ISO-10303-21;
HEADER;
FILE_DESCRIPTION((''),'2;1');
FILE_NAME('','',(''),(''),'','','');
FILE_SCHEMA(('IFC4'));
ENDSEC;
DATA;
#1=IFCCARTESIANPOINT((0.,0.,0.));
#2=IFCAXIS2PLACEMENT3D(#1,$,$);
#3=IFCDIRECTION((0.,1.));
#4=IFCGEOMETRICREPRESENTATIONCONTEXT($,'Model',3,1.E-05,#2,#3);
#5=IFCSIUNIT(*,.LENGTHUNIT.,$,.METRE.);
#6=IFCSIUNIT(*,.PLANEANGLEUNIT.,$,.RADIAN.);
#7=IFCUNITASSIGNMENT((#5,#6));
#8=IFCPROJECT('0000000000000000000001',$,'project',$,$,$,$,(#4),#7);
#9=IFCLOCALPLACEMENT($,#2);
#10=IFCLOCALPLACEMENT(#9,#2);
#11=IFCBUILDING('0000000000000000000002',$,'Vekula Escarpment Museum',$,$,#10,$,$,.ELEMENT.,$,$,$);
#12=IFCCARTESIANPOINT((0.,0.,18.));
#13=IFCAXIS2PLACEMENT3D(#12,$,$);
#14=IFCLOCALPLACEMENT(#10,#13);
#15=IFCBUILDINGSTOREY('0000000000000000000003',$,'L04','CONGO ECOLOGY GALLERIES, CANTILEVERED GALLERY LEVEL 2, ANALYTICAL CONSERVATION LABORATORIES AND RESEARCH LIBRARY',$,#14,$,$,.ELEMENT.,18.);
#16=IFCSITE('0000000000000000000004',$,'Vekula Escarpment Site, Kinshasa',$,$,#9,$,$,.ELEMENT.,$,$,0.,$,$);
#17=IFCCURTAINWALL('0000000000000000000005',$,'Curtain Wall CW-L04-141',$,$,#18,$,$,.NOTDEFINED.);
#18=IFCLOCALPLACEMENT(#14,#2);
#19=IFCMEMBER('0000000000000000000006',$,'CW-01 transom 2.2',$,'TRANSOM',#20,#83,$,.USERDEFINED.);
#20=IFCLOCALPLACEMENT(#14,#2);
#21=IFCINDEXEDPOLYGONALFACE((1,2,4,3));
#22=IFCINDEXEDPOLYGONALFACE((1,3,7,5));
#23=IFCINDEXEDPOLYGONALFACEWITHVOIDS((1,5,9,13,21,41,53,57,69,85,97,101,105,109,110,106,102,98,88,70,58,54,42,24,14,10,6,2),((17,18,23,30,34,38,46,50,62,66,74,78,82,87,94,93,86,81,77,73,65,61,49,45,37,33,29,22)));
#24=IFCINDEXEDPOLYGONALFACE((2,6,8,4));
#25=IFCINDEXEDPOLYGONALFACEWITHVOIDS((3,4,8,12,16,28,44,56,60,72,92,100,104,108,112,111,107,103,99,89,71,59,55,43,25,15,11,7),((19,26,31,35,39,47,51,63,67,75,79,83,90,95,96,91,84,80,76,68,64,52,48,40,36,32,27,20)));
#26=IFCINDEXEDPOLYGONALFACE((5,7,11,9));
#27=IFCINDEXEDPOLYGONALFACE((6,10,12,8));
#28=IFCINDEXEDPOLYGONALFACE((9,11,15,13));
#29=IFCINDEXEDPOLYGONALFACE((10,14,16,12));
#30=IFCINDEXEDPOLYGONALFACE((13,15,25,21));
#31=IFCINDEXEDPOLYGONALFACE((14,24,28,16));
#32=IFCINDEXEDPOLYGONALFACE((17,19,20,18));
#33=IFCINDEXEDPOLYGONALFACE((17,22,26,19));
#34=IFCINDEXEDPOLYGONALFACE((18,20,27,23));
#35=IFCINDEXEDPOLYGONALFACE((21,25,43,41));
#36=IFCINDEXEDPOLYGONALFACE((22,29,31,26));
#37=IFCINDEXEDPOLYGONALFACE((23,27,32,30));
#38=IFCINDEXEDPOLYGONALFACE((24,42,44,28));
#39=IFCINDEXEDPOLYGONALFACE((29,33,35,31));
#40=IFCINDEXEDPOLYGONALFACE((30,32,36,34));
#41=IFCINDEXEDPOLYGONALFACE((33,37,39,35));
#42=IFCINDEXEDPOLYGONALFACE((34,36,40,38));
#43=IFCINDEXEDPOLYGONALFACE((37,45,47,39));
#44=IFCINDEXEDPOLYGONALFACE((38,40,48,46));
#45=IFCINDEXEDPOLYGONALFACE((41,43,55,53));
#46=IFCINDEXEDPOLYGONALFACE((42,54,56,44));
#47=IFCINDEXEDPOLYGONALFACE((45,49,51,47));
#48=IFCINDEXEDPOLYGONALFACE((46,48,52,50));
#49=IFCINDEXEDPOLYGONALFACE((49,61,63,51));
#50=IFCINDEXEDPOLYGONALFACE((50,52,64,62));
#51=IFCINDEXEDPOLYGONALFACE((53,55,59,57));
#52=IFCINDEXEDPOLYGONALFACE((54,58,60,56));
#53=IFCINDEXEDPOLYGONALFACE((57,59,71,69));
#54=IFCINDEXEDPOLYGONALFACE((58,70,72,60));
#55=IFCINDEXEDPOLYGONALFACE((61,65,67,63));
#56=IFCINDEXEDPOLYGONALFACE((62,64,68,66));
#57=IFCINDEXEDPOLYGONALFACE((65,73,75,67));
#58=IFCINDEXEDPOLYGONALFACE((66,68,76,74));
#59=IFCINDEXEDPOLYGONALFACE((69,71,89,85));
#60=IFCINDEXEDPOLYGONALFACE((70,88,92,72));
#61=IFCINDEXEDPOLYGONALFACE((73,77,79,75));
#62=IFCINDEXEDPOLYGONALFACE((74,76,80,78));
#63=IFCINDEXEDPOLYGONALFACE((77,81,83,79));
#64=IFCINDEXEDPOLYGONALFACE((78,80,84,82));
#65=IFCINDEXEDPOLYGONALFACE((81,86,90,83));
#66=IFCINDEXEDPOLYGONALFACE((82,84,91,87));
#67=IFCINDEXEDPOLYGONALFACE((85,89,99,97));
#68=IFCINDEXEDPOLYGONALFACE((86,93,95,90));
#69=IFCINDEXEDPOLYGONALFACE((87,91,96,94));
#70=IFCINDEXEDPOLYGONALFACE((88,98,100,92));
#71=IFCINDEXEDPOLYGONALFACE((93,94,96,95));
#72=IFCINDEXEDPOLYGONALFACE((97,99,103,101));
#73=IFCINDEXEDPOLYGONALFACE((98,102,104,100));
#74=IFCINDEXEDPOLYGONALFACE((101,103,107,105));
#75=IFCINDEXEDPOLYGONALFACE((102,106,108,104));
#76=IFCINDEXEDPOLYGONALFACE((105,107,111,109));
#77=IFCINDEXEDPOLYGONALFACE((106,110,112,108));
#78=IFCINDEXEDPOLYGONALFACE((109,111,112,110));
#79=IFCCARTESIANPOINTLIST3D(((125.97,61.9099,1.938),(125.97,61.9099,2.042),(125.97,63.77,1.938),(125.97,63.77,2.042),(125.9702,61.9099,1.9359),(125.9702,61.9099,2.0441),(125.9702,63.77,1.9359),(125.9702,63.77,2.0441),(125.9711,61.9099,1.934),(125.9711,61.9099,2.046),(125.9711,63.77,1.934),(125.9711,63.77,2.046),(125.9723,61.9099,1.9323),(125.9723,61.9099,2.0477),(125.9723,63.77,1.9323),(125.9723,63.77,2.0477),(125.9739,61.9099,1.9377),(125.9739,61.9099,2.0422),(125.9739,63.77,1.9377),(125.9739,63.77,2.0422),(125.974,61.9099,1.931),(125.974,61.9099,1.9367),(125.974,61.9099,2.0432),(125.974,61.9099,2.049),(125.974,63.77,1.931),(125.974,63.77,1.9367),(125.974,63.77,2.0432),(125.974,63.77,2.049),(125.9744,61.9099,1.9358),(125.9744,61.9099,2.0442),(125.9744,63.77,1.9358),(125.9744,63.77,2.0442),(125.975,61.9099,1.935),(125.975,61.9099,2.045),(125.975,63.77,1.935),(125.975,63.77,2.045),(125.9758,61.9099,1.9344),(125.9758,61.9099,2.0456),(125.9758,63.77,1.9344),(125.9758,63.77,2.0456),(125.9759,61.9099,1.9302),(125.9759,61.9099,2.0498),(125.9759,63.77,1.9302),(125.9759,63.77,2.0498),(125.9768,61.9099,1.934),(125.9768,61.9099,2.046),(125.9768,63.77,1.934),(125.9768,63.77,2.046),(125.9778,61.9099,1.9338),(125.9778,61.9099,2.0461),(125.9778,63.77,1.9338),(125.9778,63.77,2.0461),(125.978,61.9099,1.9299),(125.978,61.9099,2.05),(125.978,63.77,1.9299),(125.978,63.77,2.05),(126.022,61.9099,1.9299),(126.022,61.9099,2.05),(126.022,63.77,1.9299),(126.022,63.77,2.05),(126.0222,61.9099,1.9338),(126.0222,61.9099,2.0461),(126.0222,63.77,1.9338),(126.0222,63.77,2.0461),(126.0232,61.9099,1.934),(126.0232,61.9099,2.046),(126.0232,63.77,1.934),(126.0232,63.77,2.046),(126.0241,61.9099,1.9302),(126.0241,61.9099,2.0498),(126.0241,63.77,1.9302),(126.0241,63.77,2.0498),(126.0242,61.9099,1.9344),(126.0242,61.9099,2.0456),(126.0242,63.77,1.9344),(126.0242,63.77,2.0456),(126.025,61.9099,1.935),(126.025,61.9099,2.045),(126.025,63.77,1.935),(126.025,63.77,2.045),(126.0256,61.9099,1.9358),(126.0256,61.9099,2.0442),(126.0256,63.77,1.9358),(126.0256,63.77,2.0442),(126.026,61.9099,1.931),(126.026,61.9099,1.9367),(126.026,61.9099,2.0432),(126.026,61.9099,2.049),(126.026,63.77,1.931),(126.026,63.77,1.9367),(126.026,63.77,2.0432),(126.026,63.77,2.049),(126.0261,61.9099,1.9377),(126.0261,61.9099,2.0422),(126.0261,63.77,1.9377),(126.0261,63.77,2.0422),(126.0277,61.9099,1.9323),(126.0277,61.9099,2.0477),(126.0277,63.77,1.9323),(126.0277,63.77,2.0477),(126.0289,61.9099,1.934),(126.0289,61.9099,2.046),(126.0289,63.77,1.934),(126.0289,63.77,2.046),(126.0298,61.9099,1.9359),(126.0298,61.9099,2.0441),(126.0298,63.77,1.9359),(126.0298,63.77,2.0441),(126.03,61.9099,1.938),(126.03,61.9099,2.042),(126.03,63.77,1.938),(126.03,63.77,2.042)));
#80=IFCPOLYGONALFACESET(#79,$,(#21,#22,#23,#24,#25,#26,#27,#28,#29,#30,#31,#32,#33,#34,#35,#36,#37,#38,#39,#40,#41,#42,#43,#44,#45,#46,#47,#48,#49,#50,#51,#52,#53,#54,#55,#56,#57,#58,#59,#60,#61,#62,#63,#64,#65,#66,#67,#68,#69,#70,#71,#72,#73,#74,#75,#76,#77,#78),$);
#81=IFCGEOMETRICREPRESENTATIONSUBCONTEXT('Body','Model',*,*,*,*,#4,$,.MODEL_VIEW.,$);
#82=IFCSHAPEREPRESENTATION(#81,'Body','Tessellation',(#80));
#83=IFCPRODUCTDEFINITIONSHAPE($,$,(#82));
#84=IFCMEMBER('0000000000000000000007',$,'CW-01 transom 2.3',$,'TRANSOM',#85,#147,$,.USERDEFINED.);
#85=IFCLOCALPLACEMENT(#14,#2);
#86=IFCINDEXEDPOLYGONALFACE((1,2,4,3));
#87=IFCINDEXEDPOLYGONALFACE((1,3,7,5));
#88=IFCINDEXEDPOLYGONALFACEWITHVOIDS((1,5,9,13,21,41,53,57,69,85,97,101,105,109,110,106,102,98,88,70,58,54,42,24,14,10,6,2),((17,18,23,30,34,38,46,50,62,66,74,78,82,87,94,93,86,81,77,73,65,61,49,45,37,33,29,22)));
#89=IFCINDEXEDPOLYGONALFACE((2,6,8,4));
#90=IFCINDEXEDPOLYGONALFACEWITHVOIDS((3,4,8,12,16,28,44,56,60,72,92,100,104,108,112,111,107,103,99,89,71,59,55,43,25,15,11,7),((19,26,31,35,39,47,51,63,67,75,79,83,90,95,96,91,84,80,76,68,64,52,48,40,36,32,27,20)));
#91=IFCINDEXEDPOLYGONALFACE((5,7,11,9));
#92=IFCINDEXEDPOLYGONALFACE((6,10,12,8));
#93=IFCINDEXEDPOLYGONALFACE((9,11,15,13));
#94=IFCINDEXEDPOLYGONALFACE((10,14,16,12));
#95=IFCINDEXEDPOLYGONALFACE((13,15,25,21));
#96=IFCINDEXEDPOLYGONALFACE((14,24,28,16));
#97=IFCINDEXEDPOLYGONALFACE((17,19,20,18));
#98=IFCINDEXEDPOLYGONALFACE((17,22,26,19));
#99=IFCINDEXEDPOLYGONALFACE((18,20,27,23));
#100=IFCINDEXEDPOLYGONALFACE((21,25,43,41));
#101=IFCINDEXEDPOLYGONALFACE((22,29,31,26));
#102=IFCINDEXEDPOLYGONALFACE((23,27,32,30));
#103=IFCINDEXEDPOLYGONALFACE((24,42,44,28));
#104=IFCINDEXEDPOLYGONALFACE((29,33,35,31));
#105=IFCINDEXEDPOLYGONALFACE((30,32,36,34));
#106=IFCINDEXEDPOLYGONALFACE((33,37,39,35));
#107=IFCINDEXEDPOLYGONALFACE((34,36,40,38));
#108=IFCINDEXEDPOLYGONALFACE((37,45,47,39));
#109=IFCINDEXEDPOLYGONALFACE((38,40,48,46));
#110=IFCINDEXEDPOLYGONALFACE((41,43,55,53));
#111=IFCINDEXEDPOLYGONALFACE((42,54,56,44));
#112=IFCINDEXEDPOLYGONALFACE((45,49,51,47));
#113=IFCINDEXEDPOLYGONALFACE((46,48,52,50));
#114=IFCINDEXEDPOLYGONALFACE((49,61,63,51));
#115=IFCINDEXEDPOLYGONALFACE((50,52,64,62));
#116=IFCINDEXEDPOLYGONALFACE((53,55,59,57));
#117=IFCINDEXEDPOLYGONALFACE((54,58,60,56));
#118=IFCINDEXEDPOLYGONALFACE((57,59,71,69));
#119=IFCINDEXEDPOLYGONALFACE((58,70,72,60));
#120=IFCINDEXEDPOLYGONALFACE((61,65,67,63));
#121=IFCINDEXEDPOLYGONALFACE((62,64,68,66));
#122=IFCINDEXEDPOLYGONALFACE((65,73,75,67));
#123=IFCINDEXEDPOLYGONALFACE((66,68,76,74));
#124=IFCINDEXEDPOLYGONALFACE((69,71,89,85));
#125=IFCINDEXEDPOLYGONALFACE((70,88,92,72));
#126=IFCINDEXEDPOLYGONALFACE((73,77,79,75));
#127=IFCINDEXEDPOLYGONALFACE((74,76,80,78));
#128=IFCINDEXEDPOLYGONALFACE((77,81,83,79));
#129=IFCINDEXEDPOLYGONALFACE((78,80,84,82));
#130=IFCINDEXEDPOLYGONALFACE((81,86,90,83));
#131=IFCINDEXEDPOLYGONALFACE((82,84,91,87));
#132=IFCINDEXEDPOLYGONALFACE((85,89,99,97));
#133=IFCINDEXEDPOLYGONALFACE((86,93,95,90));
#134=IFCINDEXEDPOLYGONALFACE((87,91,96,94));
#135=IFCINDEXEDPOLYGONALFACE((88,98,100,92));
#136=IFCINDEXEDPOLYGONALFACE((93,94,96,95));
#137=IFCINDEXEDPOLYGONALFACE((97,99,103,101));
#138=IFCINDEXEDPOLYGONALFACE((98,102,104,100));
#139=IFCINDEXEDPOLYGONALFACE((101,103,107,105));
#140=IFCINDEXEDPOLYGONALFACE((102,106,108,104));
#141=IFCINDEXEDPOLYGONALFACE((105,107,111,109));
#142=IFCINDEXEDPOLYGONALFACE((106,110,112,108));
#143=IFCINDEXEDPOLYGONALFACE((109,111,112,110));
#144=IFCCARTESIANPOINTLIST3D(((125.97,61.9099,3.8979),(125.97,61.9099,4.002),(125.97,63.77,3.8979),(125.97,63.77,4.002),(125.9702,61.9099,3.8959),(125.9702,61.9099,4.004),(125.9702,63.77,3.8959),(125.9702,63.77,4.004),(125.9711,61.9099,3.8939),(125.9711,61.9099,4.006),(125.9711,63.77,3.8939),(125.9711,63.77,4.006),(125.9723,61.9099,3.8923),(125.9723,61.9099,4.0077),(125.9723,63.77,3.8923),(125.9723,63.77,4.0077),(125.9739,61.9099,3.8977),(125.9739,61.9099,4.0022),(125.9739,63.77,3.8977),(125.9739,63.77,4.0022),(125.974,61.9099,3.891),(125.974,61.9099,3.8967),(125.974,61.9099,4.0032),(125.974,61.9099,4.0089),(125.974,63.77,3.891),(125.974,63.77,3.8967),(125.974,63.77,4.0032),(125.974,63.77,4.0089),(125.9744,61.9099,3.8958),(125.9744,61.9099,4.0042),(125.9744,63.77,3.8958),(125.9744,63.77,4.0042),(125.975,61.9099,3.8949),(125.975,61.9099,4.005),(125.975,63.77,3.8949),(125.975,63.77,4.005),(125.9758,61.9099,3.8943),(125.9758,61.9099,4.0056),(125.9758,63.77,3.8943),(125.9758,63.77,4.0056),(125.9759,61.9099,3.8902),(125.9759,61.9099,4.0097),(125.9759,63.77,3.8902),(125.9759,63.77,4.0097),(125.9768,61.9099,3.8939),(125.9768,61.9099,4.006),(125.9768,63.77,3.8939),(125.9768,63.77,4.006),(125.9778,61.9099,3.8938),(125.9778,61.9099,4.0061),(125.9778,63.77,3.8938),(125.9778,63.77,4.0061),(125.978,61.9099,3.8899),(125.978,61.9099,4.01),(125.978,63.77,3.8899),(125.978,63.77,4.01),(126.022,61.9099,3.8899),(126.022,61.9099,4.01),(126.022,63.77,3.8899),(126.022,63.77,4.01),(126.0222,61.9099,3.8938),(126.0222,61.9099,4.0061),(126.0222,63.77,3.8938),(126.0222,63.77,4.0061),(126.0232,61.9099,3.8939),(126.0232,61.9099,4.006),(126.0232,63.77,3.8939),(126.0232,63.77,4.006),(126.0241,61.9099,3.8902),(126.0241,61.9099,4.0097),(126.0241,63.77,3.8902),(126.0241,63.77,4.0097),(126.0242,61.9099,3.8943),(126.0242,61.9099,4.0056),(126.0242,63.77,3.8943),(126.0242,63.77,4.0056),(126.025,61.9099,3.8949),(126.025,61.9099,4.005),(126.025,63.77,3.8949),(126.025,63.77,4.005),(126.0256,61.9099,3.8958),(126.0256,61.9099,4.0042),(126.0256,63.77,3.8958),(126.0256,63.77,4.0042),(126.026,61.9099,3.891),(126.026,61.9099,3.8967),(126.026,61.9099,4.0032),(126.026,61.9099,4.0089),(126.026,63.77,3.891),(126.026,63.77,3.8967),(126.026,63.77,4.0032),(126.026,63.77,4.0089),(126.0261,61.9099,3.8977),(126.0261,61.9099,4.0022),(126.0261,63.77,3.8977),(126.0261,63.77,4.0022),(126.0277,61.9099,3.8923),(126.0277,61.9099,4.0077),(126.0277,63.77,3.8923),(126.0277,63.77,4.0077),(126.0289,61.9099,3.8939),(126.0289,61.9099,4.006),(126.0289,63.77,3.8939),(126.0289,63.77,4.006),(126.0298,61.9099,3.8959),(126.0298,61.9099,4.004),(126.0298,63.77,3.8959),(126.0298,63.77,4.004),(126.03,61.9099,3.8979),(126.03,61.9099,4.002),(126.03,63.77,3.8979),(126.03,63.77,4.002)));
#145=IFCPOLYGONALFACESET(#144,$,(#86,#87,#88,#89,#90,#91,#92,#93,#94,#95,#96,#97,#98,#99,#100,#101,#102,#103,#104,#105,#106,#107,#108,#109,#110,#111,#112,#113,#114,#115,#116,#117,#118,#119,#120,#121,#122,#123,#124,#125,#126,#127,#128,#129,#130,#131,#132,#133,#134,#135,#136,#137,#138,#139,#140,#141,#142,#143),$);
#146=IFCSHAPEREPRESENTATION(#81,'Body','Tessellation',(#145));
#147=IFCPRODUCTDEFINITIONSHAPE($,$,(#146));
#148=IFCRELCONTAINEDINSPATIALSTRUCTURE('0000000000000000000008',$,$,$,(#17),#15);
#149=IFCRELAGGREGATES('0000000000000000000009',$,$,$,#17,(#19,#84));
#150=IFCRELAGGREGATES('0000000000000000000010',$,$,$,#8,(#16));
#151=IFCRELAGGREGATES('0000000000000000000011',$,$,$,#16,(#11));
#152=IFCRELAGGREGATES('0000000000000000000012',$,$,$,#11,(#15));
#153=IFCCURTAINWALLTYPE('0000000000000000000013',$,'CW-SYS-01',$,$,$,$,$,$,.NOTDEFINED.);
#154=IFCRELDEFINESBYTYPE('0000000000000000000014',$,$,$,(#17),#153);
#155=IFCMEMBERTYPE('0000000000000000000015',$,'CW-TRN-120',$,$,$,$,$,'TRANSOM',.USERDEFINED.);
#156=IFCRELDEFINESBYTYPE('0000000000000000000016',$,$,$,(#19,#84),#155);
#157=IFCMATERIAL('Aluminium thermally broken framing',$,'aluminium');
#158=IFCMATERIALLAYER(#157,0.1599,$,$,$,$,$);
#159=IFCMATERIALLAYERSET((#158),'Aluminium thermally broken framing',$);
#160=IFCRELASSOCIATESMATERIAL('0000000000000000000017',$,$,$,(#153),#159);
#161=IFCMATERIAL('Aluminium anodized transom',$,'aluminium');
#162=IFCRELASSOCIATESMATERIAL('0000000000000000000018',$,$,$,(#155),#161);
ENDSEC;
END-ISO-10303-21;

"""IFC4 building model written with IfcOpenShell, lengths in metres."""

from ifc_helpers import new_model, si_unit, direction, frame, origin, origin_2d, place, context, subcontext, project, spatial, hollow_rectangle, extrude, material, layer, layer_set, material_profile, profile_set, type_object, element, aggregate, save


model = new_model("IFC4")

# Units and contexts
model_context = context("Model", 3, precision=1e-05, world=origin(), true_north=direction((0.0, 1.0)))
body_context = subcontext(model_context, "Body", "Model", "MODEL_VIEW")
ifc_project = project(units=[si_unit("LENGTHUNIT", "METRE"), si_unit("PLANEANGLEUNIT", "RADIAN")], contexts=[model_context])

# Site, building, storey
site_placement = place(None, origin())
site = spatial("IfcSite", under=ifc_project, at=site_placement, Name="Vekula Escarpment Site, Kinshasa", CompositionType="ELEMENT", RefElevation=0.0)
building_placement = place(site_placement, origin())
building = spatial("IfcBuilding", under=site, at=building_placement, Name="Vekula Escarpment Museum", CompositionType="ELEMENT")
storey_placement = place(building_placement, frame((0.0, 0.0, 18.0)))
storey = spatial("IfcBuildingStorey", under=building, at=storey_placement, Name="L04", Description="CONGO ECOLOGY GALLERIES, CANTILEVERED GALLERY LEVEL 2, ANALYTICAL CONSERVATION LABORATORIES AND RESEARCH LIBRARY", CompositionType="ELEMENT", Elevation=18.0)

# Curtain wall, members
ifc_material_1 = material(Name="Aluminium thermally broken framing", Category="aluminium")
ifc_layer_1 = layer(ifc_material_1, 0.1599)
ifc_layer_set_1 = layer_set([ifc_layer_1], Name="Aluminium thermally broken framing")
curtain_wall_type = type_object("IfcCurtainWallType", Name="CW-SYS-01", PredefinedType="NOTDEFINED", material=ifc_layer_set_1)
curtain_wall_placement = place(storey_placement, origin())
curtain_wall = element("IfcCurtainWall", 1, at=curtain_wall_placement, inside=storey, type_object=curtain_wall_type, Name="Curtain Wall CW-L04-141", PredefinedType="NOTDEFINED")
ifc_material_2 = material(Name="Aluminium anodized transom", Category="aluminium")
ifc_material_profile_1 = material_profile(ifc_material_2, hollow_rectangle(XDim=0.0601, YDim=0.1201, WallThickness=0.0039, InnerFilletRadius=0.0039, OuterFilletRadius=0.0081, at=origin_2d()), Name="ALU 120x60x4")
ifc_profile_set_1 = profile_set([ifc_material_profile_1], Name="Aluminium anodized transom")
member_type_1 = type_object("IfcMemberType", Name="CW-TRN-120", ElementType="TRANSOM", PredefinedType="USERDEFINED", material=ifc_profile_set_1)
member_1_placement = place(storey_placement, frame((126.0, 61.9099, 1.99), z_axis=(0.0, 1.0, 0.0), x_axis=(-1.0, 0.0, 0.0)))
member_1 = element("IfcMember", 2, at=member_1_placement, type_object=member_type_1, Name="CW-01 transom 2.2", ObjectType="TRANSOM", PredefinedType="USERDEFINED", context=body_context, shape_type="SweptSolid", body=[
    extrude(hollow_rectangle(XDim=0.0601, YDim=0.1201, WallThickness=0.0039, InnerFilletRadius=0.0039, OuterFilletRadius=0.0081, at=origin_2d()), origin(), (0.0, 0.0, 1.0), 1.8601),
])
member_2_placement = place(storey_placement, frame((126.0, 61.9099, 3.95), z_axis=(0.0, 1.0, 0.0), x_axis=(-1.0, 0.0, 0.0)))
member_2 = element("IfcMember", 3, at=member_2_placement, type_object=member_type_1, Name="CW-01 transom 2.3", ObjectType="TRANSOM", PredefinedType="USERDEFINED", context=body_context, shape_type="SweptSolid", body=[
    extrude(hollow_rectangle(XDim=0.0601, YDim=0.1201, WallThickness=0.0039, InnerFilletRadius=0.0039, OuterFilletRadius=0.0081, at=origin_2d()), origin(), (0.0, 0.0, 1.0), 1.8601),
])
aggregate(curtain_wall, [member_1, member_2])

save(model, "model.ifc")
